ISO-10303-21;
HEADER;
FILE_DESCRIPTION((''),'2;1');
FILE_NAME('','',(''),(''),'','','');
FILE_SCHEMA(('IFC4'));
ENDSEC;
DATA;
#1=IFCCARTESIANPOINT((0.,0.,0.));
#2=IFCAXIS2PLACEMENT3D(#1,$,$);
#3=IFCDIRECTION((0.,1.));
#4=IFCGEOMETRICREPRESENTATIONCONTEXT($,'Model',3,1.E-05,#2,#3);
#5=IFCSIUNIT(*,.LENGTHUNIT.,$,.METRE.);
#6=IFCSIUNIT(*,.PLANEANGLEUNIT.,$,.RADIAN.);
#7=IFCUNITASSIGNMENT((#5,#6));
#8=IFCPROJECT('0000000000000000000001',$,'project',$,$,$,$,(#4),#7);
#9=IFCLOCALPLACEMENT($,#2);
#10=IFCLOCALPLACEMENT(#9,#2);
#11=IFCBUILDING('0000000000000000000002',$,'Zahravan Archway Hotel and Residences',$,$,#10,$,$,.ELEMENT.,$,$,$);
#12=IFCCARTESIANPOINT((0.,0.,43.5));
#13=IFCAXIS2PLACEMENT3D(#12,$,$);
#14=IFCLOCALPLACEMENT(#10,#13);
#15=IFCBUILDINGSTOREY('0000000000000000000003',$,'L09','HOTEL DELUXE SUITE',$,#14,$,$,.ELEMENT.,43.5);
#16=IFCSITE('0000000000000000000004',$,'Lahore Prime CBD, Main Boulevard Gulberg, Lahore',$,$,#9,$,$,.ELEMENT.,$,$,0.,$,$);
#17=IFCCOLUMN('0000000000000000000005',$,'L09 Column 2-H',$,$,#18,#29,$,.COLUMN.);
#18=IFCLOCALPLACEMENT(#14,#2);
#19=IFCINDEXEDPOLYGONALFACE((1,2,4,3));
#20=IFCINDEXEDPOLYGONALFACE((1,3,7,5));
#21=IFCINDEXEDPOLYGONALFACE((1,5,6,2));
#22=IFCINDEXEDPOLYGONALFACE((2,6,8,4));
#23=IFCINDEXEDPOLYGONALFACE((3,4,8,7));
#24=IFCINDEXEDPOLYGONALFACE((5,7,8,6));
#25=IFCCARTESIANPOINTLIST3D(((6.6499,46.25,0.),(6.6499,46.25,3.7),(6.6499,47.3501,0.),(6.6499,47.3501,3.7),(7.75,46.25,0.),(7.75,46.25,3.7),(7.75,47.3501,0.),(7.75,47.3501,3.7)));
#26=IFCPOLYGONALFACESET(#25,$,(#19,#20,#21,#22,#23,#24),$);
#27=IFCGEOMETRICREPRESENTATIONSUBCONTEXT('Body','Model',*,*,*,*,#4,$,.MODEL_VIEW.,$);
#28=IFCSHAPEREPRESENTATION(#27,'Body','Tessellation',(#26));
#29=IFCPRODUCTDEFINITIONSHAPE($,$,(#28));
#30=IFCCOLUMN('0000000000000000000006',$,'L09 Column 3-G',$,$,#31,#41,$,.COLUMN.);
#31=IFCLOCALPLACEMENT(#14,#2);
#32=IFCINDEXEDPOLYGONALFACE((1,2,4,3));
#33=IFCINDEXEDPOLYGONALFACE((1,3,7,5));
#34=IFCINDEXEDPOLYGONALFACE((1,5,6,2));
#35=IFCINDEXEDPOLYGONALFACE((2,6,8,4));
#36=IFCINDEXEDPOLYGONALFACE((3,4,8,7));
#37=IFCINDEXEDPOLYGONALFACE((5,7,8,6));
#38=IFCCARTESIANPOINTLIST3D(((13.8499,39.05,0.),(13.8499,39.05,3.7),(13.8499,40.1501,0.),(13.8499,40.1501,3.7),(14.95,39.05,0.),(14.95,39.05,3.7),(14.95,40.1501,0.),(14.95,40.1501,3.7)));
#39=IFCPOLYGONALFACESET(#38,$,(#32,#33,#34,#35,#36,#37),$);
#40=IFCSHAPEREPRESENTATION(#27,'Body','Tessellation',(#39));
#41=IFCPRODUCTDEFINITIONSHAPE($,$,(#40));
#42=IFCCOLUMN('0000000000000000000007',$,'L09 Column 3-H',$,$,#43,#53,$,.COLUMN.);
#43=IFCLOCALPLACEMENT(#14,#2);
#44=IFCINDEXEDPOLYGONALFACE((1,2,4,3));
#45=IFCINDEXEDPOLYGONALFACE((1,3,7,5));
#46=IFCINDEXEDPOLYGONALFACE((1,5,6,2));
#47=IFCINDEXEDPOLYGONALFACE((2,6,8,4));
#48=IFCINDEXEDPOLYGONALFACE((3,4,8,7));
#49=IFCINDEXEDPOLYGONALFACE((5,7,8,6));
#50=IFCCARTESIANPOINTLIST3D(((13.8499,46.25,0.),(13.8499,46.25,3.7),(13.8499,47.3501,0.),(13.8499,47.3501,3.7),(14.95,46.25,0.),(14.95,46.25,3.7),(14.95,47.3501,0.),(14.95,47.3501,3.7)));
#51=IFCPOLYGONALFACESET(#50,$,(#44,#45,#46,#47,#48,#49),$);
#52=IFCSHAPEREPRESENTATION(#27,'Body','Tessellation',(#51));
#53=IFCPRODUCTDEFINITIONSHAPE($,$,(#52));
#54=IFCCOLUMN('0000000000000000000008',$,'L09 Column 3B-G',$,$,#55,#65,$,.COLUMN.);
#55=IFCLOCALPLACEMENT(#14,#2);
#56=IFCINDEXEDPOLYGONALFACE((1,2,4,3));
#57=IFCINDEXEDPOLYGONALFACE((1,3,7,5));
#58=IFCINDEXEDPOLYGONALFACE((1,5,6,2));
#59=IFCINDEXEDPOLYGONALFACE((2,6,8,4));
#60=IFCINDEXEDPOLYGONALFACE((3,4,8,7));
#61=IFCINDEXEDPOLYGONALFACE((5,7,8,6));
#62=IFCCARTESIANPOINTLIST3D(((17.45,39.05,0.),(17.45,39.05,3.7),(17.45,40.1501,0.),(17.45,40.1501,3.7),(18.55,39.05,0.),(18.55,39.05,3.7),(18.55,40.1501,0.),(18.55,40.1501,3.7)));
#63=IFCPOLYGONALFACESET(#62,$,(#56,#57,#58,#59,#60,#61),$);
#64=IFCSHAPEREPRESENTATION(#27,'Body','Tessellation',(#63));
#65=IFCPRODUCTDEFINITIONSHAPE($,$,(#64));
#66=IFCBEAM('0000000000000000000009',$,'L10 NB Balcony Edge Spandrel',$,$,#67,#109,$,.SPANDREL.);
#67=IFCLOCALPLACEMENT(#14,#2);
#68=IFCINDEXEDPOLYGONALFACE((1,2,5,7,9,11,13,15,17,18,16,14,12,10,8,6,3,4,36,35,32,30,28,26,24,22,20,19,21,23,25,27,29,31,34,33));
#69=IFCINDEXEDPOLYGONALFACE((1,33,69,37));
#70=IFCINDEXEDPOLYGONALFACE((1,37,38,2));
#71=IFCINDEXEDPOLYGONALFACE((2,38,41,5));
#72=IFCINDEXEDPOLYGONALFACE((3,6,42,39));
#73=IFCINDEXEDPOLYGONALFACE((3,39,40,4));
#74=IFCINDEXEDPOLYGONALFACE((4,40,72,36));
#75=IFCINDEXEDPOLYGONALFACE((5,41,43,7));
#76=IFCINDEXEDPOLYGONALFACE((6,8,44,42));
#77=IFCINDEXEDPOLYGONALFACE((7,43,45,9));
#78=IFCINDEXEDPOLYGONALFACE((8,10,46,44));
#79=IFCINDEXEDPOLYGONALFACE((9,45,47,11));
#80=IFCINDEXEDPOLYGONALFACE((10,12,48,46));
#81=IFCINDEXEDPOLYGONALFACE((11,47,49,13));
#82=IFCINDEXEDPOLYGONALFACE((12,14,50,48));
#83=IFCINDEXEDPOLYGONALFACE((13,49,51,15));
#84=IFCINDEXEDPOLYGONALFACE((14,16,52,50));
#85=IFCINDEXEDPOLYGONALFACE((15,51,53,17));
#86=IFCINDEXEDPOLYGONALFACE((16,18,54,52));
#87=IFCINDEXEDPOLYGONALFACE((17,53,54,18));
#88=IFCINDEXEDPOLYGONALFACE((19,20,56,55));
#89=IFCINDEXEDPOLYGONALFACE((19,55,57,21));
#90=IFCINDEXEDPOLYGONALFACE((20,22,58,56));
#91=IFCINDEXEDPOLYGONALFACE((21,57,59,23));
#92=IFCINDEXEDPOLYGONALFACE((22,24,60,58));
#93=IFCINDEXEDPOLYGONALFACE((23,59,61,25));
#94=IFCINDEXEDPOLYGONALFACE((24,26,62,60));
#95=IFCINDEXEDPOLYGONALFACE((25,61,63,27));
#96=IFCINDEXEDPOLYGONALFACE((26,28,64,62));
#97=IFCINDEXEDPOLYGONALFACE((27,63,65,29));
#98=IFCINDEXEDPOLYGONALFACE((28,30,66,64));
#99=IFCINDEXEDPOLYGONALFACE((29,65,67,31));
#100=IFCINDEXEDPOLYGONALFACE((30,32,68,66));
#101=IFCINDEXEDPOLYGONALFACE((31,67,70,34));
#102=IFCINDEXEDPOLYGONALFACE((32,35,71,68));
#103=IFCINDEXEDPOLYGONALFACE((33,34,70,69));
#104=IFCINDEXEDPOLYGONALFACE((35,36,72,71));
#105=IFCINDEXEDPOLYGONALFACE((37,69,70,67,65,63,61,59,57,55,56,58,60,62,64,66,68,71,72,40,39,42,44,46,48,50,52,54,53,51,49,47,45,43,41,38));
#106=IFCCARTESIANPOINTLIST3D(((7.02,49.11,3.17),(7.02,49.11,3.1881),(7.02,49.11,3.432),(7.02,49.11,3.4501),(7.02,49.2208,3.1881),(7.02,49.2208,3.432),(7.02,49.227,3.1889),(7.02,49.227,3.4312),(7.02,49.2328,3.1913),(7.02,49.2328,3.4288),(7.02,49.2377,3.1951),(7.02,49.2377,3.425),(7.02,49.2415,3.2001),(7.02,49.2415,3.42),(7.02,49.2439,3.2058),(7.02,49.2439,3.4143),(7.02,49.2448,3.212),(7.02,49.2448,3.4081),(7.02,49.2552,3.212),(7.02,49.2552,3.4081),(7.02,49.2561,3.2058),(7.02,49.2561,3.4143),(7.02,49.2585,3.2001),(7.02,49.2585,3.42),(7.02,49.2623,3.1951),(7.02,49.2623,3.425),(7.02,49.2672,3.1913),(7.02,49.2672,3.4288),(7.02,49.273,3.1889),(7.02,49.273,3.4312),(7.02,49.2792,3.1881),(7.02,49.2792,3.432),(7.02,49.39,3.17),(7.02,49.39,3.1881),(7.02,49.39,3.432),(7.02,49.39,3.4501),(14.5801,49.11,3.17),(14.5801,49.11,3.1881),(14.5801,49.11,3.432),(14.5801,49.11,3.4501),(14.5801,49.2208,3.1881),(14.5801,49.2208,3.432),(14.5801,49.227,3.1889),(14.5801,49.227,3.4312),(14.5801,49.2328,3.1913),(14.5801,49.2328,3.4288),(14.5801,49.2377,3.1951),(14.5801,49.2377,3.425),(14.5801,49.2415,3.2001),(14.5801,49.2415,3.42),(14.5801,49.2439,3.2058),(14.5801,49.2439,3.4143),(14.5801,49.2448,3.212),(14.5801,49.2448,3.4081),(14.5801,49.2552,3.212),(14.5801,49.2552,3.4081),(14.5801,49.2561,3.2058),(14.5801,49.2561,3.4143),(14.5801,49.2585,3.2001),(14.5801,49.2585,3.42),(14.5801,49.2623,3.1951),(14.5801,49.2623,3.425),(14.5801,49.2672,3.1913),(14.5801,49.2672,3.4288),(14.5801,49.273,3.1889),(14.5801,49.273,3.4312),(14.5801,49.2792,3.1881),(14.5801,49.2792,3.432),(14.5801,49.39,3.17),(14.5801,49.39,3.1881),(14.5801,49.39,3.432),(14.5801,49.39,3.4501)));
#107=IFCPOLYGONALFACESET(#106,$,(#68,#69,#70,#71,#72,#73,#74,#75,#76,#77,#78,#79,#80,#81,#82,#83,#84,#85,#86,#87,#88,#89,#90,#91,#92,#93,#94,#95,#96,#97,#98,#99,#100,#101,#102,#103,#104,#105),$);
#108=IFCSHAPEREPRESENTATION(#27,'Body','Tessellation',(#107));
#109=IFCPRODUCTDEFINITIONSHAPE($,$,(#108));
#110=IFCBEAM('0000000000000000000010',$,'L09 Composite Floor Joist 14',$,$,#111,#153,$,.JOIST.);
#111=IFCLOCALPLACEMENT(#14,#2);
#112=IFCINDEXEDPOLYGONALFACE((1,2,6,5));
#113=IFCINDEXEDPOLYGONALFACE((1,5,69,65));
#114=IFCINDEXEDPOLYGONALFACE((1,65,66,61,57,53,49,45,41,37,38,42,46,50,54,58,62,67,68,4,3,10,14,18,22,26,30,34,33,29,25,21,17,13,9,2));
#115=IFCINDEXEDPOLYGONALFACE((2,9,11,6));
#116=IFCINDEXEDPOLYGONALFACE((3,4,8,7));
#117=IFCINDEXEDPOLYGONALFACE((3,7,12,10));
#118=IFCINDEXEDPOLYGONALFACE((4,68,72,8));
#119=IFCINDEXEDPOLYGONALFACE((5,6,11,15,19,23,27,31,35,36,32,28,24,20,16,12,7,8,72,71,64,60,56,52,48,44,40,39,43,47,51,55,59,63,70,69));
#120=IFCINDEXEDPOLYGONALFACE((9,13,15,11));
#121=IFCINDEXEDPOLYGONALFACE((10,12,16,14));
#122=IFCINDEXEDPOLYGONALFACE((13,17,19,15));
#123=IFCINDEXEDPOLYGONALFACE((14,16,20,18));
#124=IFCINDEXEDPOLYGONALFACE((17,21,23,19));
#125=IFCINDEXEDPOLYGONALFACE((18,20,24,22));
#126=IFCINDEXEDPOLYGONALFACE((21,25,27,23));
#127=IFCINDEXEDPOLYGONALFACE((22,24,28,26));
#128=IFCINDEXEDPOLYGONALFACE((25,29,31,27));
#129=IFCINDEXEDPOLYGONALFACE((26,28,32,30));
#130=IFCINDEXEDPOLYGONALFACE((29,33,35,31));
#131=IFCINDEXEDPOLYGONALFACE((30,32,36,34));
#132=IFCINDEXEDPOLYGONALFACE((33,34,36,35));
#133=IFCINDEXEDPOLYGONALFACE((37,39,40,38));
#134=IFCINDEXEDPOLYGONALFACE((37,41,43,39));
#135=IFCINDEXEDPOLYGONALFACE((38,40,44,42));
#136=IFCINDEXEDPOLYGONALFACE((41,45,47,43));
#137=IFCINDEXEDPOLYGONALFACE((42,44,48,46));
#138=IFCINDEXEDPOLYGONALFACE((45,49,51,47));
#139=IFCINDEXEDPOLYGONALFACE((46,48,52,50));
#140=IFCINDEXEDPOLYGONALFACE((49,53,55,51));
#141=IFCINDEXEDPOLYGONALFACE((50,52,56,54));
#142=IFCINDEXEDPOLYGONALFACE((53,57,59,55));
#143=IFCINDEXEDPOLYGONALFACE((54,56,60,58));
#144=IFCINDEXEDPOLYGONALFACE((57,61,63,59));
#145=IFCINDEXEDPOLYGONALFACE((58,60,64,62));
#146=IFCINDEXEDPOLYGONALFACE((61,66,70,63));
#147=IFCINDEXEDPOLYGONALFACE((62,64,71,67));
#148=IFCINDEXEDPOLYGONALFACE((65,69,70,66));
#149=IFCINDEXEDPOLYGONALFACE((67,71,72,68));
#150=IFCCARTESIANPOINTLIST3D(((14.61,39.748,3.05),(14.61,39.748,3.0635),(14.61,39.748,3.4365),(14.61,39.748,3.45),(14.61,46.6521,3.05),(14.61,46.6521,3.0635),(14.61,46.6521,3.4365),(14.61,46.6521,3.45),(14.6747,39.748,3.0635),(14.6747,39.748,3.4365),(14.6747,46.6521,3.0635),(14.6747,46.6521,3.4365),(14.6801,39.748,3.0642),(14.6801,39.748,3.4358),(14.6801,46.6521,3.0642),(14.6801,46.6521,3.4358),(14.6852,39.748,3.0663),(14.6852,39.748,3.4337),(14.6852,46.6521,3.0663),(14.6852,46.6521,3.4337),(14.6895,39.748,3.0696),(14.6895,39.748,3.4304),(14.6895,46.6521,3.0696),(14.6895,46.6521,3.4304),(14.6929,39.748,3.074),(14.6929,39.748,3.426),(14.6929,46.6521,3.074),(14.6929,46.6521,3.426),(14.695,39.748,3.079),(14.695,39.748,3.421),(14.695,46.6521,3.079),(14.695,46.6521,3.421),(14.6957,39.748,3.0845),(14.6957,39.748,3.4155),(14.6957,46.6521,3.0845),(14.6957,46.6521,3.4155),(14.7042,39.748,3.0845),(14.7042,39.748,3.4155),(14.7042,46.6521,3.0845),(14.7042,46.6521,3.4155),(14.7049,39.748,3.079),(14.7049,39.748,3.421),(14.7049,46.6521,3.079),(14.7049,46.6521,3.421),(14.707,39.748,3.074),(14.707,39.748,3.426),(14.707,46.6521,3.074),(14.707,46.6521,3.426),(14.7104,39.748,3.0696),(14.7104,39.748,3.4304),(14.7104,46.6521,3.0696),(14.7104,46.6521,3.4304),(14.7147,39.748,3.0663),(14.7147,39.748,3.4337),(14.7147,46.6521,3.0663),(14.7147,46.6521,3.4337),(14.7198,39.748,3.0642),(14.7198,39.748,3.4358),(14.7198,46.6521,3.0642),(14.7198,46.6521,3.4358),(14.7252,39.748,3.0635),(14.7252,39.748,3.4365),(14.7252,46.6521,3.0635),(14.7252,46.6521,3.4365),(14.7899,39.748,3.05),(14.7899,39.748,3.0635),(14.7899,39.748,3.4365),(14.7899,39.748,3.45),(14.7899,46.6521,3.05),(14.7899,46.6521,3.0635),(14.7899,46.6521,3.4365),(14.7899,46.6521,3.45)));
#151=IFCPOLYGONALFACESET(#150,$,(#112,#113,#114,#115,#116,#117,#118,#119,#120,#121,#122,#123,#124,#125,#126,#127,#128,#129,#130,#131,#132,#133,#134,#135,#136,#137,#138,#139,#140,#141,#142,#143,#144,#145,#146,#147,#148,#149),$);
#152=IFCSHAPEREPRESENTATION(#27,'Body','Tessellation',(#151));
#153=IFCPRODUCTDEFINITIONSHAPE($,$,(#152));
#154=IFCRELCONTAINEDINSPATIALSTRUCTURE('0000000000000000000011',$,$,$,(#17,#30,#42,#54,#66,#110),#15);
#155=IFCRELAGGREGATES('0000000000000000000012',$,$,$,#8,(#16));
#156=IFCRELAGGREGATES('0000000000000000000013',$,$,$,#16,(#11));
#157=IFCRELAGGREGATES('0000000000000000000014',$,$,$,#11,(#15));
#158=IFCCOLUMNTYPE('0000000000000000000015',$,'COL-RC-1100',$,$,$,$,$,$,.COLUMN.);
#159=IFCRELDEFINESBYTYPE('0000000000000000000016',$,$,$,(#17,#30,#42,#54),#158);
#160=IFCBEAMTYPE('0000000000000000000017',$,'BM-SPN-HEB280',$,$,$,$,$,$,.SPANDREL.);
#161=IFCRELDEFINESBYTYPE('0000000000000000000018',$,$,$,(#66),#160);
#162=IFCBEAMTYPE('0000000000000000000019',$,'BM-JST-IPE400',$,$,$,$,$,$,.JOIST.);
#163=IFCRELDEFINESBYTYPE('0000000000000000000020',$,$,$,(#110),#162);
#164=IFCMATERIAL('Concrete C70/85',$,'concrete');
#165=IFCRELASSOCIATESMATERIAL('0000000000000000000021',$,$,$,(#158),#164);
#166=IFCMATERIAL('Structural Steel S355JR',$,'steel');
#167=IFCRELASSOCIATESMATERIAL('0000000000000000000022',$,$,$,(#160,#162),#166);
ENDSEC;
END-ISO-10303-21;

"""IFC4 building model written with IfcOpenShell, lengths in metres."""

from ifc_helpers import new_model, si_unit, direction, frame, origin, origin_2d, place, context, subcontext, project, spatial, rectangle, i_section, extrude, source, transform, mapped, material, material_profile, profile_set, type_object, type_shapes, element, save


model = new_model("IFC4")

# Units and contexts
model_context = context("Model", 3, precision=1e-05, world=origin(), true_north=direction((0.0, 1.0)))
body_context = subcontext(model_context, "Body", "Model", "MODEL_VIEW")
ifc_project = project(units=[si_unit("LENGTHUNIT", "METRE"), si_unit("PLANEANGLEUNIT", "RADIAN")], contexts=[model_context])

# Site, building, storey
site_placement = place(None, origin())
site = spatial("IfcSite", under=ifc_project, at=site_placement, Name="Lahore Prime CBD, Main Boulevard Gulberg, Lahore", CompositionType="ELEMENT", RefElevation=0.0)
building_placement = place(site_placement, origin())
building = spatial("IfcBuilding", under=site, at=building_placement, Name="Zahravan Archway Hotel and Residences", CompositionType="ELEMENT")
storey_placement = place(building_placement, frame((0.0, 0.0, 43.5)))
storey = spatial("IfcBuildingStorey", under=building, at=storey_placement, Name="L09", Description="HOTEL DELUXE SUITE", CompositionType="ELEMENT", Elevation=43.5)

# Columns
ifc_material_1 = material(Name="Concrete C70/85", Category="concrete")
ifc_material_profile_1 = material_profile(ifc_material_1, rectangle(XDim=1.1001, YDim=1.1001, at=origin_2d()), Name="RC 1100x1100", Category="concrete")
ifc_profile_set_1 = profile_set([ifc_material_profile_1], Name="Concrete C70/85")
column_type = type_object("IfcColumnType", Name="COL-RC-1100", PredefinedType="COLUMN", material=ifc_profile_set_1)
shared_shape_1 = source(origin(), body_context, "Body", "SweptSolid", [
    extrude(rectangle(XDim=1.1001, YDim=1.1001, at=origin_2d()), origin(), (0.0, 0.0, 1.0), 3.7),
])
for number, where, z_axis, x_axis, name in (
    (1, (7.2, 46.8, 0.0), (0.0, 0.0, 1.0), (1.0, 0.0, 0.0), "L09 Column 2-H"),
    (2, (14.3999, 39.6001, 0.0), (0.0, 0.0, 1.0), (1.0, 0.0, 0.0), "L09 Column 3-G"),
    (3, (14.3999, 46.8, 0.0), (0.0, 0.0, 1.0), (1.0, 0.0, 0.0), "L09 Column 3-H"),
    (4, (18.0, 39.6001, 0.0), (0.0, 0.0, 1.0), (1.0, 0.0, 0.0), "L09 Column 3B-G"),
):
    element("IfcColumn", number, at=place(storey_placement, frame(where, z_axis=z_axis, x_axis=x_axis)), inside=storey, type_object=column_type, Name=name, PredefinedType="COLUMN", context=body_context, shape_type="MappedRepresentation", body=[
        mapped(shared_shape_1, transform((0.0, 0.0, 0.0), scale=1.0)),
    ])

# Beams
ifc_material_2 = material(Name="Structural Steel S355JR", Category="steel")
ifc_material_profile_2 = material_profile(ifc_material_2, i_section(OverallWidth=0.28, OverallDepth=0.28, WebThickness=0.0105, FlangeThickness=0.0181, FilletRadius=0.0239, at=origin_2d()), Name="HEB 280", Category="steel")
ifc_profile_set_2 = profile_set([ifc_material_profile_2], Name="Structural Steel S355JR")
beam_type_1 = type_object("IfcBeamType", Name="BM-SPN-HEB280", PredefinedType="SPANDREL", material=ifc_profile_set_2)
shared_shape_2 = source(origin(), body_context, "Body", "SweptSolid", [
    extrude(i_section(OverallWidth=0.28, OverallDepth=0.28, WebThickness=0.0105, FlangeThickness=0.0181, FilletRadius=0.0239, at=origin_2d()), origin(), (0.0, 0.0, 1.0), 7.5601),
])
type_shapes(beam_type_1, [shared_shape_2])
beam_1_placement = place(storey_placement, frame((7.02, 49.25, 3.3101), z_axis=(1.0, 0.0, 0.0), x_axis=(0.0, 1.0, 0.0)))
element("IfcBeam", 5, at=beam_1_placement, inside=storey, type_object=beam_type_1, Name="L10 NB Balcony Edge Spandrel", PredefinedType="SPANDREL", context=body_context, shape_type="MappedRepresentation", body=[
    mapped(shared_shape_2, transform((0.0, 0.0, 0.0), scale=1.0)),
])
ifc_material_profile_3 = material_profile(ifc_material_2, i_section(OverallWidth=0.1799, OverallDepth=0.3999, WebThickness=0.0085, FlangeThickness=0.0134, FilletRadius=0.021, at=origin_2d()), Name="IPE 400", Category="steel")
ifc_profile_set_3 = profile_set([ifc_material_profile_3], Name="Structural Steel S355JR")
beam_type_2 = type_object("IfcBeamType", Name="BM-JST-IPE400", PredefinedType="JOIST", material=ifc_profile_set_3)
shared_shape_3 = source(origin(), body_context, "Body", "SweptSolid", [
    extrude(i_section(OverallWidth=0.1799, OverallDepth=0.3999, WebThickness=0.0085, FlangeThickness=0.0134, FilletRadius=0.021, at=origin_2d()), origin(), (0.0, 0.0, 1.0), 6.9041),
])
type_shapes(beam_type_2, [shared_shape_3])
beam_2_placement = place(storey_placement, frame((14.7, 39.748, 3.25), z_axis=(0.0, 1.0, 0.0), x_axis=(-1.0, 0.0, 0.0)))
element("IfcBeam", 6, at=beam_2_placement, inside=storey, type_object=beam_type_2, Name="L09 Composite Floor Joist 14", PredefinedType="JOIST", context=body_context, shape_type="MappedRepresentation", body=[
    mapped(shared_shape_3, transform((0.0, 0.0, 0.0), scale=1.0)),
])

save(model, "model.ifc")
